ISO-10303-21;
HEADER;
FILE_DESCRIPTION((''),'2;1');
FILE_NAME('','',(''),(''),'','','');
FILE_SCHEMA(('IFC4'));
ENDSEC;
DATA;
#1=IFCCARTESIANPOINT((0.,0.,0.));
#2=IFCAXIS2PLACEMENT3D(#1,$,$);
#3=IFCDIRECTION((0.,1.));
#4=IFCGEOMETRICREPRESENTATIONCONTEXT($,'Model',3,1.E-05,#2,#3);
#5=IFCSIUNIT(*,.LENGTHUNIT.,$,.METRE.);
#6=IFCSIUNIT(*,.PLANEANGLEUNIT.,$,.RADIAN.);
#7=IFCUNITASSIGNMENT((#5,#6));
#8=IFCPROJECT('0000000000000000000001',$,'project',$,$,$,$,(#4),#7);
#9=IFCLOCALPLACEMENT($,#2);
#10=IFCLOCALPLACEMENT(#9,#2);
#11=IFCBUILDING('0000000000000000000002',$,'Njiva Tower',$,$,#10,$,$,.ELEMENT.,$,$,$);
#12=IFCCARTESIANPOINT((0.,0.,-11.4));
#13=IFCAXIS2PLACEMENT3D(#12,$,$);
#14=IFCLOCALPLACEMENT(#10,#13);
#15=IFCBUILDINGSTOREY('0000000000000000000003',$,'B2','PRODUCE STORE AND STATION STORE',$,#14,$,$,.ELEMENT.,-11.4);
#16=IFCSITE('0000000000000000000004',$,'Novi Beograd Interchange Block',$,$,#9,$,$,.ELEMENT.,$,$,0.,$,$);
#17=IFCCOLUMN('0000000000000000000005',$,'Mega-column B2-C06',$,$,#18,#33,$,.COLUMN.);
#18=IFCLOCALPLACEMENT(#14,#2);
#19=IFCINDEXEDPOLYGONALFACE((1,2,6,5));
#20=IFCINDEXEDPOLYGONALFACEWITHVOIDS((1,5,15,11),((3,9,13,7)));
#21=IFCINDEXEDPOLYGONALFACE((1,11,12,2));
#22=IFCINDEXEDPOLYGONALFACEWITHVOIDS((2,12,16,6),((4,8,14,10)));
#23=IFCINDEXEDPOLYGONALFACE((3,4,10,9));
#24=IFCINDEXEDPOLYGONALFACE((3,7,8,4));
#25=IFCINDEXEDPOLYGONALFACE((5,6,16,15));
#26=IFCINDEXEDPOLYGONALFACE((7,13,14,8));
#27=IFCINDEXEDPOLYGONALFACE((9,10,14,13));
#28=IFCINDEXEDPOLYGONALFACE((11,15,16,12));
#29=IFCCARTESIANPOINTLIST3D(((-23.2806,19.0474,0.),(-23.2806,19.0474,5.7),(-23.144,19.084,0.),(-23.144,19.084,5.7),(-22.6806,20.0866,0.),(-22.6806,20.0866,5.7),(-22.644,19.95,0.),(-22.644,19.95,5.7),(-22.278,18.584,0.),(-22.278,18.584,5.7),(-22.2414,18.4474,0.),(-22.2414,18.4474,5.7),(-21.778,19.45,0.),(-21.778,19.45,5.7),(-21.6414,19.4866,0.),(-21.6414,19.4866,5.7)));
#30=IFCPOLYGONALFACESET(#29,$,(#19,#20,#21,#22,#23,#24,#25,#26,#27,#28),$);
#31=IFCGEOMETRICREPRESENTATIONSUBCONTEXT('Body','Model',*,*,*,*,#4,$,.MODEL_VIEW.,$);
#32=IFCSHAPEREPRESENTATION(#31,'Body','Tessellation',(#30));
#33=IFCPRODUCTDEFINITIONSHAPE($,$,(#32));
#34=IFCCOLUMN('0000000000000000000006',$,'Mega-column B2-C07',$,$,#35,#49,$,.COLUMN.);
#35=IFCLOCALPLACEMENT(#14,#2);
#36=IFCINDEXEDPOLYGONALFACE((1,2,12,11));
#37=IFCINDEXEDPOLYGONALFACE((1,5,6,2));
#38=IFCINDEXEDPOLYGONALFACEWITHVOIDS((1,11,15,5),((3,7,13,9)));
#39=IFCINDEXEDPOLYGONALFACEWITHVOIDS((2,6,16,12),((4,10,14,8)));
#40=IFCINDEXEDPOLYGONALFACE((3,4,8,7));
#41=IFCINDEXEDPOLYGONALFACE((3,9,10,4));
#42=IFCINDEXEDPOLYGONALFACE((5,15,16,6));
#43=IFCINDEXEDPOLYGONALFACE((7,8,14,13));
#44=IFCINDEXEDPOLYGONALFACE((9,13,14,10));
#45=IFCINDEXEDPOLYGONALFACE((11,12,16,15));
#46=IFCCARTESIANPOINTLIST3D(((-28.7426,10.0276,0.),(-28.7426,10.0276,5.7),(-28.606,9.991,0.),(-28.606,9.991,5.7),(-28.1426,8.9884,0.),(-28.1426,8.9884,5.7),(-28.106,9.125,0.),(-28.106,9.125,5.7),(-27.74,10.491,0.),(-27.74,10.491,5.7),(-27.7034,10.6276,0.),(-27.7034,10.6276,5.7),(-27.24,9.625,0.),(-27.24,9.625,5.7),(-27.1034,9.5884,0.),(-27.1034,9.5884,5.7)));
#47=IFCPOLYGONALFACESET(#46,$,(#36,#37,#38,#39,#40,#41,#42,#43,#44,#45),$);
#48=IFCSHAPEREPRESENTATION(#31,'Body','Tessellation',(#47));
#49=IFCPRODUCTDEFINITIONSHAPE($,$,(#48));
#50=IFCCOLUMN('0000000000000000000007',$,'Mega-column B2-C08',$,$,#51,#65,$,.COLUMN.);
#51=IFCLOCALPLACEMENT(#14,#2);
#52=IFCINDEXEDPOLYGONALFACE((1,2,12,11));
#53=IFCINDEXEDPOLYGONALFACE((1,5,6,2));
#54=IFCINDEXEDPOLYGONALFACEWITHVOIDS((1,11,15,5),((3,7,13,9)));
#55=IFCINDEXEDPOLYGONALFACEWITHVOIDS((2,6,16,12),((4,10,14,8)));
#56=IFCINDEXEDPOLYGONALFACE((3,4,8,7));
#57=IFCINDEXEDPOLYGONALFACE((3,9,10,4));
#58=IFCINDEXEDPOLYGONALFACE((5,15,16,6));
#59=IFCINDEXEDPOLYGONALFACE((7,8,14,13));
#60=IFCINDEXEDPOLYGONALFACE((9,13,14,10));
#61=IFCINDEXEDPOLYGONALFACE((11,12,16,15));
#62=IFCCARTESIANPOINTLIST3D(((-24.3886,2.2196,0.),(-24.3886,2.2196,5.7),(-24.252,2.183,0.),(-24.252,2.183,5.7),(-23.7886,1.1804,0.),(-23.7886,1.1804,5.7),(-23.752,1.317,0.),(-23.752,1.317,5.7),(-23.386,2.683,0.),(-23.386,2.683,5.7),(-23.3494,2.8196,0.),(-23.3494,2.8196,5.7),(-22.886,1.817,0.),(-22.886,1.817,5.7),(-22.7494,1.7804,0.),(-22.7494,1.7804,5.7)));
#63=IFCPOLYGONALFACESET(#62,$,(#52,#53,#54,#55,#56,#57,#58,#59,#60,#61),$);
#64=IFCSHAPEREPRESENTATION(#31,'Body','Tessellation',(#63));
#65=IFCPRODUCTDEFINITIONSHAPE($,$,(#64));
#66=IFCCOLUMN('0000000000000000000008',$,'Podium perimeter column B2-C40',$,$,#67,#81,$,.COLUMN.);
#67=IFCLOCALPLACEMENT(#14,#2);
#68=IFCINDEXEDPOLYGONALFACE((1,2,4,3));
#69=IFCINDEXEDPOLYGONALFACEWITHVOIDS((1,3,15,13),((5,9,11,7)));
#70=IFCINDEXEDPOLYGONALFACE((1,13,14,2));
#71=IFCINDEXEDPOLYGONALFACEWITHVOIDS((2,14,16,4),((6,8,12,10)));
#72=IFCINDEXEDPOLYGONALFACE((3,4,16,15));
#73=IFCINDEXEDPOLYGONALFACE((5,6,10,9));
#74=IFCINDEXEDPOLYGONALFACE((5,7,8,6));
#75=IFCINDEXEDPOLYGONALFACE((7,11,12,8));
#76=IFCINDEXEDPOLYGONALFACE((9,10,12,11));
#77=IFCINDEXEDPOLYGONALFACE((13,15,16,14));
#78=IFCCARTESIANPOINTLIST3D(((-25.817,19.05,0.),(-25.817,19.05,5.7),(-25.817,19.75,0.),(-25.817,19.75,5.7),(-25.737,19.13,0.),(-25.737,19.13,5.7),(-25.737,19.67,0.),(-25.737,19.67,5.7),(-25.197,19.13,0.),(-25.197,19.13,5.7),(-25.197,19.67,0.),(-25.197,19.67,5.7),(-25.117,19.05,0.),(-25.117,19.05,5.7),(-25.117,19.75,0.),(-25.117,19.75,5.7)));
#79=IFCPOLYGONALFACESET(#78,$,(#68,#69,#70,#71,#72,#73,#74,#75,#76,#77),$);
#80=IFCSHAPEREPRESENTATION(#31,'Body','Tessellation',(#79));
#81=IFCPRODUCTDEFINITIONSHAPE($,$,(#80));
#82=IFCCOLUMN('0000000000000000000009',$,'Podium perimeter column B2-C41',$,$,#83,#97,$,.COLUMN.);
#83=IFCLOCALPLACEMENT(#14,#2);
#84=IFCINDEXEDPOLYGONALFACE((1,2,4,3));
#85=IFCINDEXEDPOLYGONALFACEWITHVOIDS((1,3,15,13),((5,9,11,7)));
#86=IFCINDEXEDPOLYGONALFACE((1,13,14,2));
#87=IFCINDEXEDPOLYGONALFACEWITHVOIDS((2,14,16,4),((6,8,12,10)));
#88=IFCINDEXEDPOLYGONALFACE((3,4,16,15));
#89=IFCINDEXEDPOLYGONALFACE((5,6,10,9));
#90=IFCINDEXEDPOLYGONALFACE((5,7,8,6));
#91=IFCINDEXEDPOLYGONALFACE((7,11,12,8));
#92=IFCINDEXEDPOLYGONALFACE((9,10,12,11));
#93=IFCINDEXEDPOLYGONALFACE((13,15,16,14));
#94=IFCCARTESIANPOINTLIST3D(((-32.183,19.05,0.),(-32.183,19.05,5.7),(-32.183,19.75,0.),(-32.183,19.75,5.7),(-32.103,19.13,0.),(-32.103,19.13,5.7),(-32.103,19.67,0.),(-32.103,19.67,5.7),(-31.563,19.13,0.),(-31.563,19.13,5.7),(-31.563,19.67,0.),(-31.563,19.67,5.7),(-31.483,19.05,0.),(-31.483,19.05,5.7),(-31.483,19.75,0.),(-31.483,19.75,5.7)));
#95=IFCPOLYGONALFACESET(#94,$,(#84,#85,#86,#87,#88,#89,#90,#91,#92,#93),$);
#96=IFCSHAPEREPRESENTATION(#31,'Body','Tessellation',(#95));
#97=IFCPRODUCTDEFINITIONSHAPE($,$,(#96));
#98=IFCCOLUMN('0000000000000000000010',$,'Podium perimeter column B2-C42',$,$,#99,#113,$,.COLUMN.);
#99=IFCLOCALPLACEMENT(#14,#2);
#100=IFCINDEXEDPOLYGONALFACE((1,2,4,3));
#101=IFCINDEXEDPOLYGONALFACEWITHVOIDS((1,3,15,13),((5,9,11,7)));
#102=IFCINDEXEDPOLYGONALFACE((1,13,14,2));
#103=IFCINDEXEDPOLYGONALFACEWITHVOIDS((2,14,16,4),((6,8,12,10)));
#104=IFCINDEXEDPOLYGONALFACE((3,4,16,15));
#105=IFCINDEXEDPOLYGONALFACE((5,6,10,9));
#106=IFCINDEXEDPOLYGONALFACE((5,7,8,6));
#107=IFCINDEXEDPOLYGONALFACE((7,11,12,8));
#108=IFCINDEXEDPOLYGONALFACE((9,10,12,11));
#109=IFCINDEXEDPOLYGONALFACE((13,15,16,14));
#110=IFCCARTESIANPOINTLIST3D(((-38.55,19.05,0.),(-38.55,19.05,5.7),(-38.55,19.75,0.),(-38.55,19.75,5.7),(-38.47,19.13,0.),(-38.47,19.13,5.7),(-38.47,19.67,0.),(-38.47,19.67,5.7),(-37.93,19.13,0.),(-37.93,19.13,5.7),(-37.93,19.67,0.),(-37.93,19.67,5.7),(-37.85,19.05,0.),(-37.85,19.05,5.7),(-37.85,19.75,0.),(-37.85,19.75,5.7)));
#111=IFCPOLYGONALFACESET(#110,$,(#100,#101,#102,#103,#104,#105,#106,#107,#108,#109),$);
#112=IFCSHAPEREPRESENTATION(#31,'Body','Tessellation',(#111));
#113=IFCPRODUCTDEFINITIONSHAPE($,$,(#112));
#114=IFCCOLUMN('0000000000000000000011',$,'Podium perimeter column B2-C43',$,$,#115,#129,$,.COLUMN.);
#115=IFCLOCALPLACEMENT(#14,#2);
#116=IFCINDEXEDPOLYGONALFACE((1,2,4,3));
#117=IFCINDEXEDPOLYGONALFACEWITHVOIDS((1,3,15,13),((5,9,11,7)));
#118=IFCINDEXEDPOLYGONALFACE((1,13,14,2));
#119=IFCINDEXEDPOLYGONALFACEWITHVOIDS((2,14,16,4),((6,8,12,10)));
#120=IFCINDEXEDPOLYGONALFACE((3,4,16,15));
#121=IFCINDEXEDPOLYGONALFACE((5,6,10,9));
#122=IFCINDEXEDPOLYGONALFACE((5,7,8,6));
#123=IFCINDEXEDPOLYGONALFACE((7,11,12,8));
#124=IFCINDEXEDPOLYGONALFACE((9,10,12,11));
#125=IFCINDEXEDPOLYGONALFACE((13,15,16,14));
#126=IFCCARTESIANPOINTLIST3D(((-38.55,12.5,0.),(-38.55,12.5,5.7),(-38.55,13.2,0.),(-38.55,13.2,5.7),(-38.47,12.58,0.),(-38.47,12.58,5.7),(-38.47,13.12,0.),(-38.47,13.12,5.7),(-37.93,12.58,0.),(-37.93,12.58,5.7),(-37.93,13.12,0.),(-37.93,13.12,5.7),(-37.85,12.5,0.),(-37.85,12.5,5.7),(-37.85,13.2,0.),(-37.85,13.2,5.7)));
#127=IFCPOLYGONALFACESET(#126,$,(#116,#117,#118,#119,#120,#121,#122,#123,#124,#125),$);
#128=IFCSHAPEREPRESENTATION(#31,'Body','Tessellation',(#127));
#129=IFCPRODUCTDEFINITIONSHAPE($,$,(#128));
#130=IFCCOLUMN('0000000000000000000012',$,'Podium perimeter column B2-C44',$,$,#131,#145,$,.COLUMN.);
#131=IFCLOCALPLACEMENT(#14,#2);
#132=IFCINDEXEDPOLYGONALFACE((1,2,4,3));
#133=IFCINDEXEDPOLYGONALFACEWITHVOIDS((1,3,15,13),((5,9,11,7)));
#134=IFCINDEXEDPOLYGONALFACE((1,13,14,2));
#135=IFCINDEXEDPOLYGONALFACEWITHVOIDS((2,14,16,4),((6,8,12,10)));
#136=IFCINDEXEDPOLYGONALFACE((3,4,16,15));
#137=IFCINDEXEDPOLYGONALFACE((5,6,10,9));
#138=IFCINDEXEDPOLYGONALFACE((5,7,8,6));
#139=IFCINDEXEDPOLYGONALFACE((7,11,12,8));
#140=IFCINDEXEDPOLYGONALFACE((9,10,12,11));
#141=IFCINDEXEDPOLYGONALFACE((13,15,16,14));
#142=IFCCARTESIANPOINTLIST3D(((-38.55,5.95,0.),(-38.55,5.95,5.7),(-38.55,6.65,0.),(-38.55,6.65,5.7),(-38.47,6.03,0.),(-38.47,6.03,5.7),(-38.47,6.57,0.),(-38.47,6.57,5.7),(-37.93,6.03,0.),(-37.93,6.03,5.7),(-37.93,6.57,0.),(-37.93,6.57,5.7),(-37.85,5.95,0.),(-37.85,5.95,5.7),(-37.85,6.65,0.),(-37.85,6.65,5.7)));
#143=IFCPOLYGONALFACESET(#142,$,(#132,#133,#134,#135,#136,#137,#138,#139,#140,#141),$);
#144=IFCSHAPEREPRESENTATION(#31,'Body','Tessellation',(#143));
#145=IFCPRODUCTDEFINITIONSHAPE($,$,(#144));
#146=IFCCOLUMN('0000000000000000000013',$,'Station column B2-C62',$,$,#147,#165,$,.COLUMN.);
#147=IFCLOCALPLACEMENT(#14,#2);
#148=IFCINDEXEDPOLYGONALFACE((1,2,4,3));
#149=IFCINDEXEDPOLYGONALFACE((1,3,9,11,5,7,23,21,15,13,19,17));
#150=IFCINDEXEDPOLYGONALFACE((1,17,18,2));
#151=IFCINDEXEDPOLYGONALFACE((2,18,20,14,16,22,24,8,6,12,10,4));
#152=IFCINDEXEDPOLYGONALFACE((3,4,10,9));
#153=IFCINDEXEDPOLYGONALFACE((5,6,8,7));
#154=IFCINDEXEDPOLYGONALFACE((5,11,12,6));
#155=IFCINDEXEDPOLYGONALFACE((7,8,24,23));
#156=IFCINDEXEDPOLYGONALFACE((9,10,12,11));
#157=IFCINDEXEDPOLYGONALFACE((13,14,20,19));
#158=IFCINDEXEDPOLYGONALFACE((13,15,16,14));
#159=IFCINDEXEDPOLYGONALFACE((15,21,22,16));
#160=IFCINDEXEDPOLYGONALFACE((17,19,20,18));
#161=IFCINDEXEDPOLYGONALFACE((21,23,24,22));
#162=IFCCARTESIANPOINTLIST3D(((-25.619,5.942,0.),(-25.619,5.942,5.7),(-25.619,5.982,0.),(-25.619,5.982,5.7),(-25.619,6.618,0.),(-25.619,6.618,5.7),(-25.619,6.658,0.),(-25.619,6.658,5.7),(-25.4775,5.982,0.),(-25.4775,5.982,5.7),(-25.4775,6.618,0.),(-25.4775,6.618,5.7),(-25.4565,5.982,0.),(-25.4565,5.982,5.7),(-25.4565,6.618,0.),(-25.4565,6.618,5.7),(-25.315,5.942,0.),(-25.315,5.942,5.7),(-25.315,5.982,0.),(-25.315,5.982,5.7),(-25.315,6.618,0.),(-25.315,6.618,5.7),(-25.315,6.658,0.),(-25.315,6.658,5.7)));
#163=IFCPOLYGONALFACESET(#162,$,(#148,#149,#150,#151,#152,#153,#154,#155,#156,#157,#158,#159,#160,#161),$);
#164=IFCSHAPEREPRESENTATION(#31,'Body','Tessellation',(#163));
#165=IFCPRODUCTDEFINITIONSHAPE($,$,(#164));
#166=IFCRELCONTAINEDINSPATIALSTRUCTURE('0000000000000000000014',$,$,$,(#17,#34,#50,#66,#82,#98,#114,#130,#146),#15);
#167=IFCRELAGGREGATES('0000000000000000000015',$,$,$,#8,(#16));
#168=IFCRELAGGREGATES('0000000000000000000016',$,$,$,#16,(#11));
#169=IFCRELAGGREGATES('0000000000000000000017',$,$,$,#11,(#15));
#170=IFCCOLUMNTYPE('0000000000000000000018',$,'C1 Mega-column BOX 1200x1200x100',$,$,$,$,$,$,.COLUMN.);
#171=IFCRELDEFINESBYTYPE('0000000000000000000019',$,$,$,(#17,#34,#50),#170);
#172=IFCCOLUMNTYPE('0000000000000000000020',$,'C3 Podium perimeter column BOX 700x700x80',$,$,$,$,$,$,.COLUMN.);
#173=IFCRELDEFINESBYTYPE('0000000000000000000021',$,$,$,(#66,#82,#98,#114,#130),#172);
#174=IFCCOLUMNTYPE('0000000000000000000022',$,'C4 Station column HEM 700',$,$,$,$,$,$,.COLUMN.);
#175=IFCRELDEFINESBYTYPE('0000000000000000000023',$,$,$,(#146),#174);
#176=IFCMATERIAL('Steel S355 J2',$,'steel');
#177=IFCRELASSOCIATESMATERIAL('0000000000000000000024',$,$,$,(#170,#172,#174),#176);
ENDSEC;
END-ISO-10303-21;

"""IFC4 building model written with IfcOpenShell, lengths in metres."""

from ifc_helpers import new_model, si_unit, direction, frame, origin, origin_2d, place, context, subcontext, project, spatial, hollow_rectangle, i_section, extrude, material, material_profile, profile_set, type_object, element, save


model = new_model("IFC4")

# Units and contexts
model_context = context("Model", 3, precision=1e-05, world=origin(), true_north=direction((0.0, 1.0)))
body_context = subcontext(model_context, "Body", "Model", "MODEL_VIEW")
ifc_project = project(units=[si_unit("LENGTHUNIT", "METRE"), si_unit("PLANEANGLEUNIT", "RADIAN")], contexts=[model_context])

# Site, building, storey
site_placement = place(None, origin())
site = spatial("IfcSite", under=ifc_project, at=site_placement, Name="Novi Beograd Interchange Block", CompositionType="ELEMENT", RefElevation=0.0)
building_placement = place(site_placement, origin())
building = spatial("IfcBuilding", under=site, at=building_placement, Name="Njiva Tower", CompositionType="ELEMENT")
storey_placement = place(building_placement, frame((0.0, 0.0, -11.4)))
storey = spatial("IfcBuildingStorey", under=building, at=storey_placement, Name="B2", Description="PRODUCE STORE AND STATION STORE", CompositionType="ELEMENT", Elevation=-11.4)

# Columns
ifc_material_1 = material(Name="Steel S355 J2", Category="steel")
ifc_material_profile_1 = material_profile(ifc_material_1, hollow_rectangle(XDim=1.2, YDim=1.2, WallThickness=0.1, at=origin_2d()), Name="BOX 1200x1200x100")
ifc_profile_set_1 = profile_set([ifc_material_profile_1], Name="Steel S355 J2")
column_type_1 = type_object("IfcColumnType", Name="C1 Mega-column BOX 1200x1200x100", PredefinedType="COLUMN", material=ifc_profile_set_1)
for number, where, z_axis, x_axis, name in (
    (1, (-22.461, 19.267, 0.0), (0.0, 0.0, 1.0), (-0.5, -0.866025, 0.0), "Mega-column B2-C06"),
    (2, (-27.923, 9.808, 0.0), (0.0, 0.0, 1.0), (0.5, -0.866025, 0.0), "Mega-column B2-C07"),
    (3, (-23.569, 2.0, 0.0), (0.0, 0.0, 1.0), (0.5, -0.866025, 0.0), "Mega-column B2-C08"),
):
    element("IfcColumn", number, at=place(storey_placement, frame(where, z_axis=z_axis, x_axis=x_axis)), inside=storey, type_object=column_type_1, Name=name, PredefinedType="COLUMN", context=body_context, shape_type="SweptSolid", body=[
        extrude(hollow_rectangle(XDim=1.2, YDim=1.2, WallThickness=0.1, at=origin_2d()), origin(), (0.0, 0.0, 1.0), 5.7),
    ])
ifc_material_profile_2 = material_profile(ifc_material_1, hollow_rectangle(XDim=0.7, YDim=0.7, WallThickness=0.08, at=origin_2d()), Name="BOX 700x700x80")
ifc_profile_set_2 = profile_set([ifc_material_profile_2], Name="Steel S355 J2")
column_type_2 = type_object("IfcColumnType", Name="C3 Podium perimeter column BOX 700x700x80", PredefinedType="COLUMN", material=ifc_profile_set_2)
for number, where, z_axis, x_axis, name in (
    (4, (-25.467, 19.4, 0.0), (0.0, 0.0, 1.0), (-1.0, 0.0, 0.0), "Podium perimeter column B2-C40"),
    (5, (-31.833, 19.4, 0.0), (0.0, 0.0, 1.0), (-1.0, 0.0, 0.0), "Podium perimeter column B2-C41"),
    (6, (-38.2, 19.4, 0.0), (0.0, 0.0, 1.0), (0.0, -1.0, 0.0), "Podium perimeter column B2-C42"),
    (7, (-38.2, 12.85, 0.0), (0.0, 0.0, 1.0), (0.0, -1.0, 0.0), "Podium perimeter column B2-C43"),
    (8, (-38.2, 6.3, 0.0), (0.0, 0.0, 1.0), (0.0, -1.0, 0.0), "Podium perimeter column B2-C44"),
):
    element("IfcColumn", number, at=place(storey_placement, frame(where, z_axis=z_axis, x_axis=x_axis)), inside=storey, type_object=column_type_2, Name=name, PredefinedType="COLUMN", context=body_context, shape_type="SweptSolid", body=[
        extrude(hollow_rectangle(XDim=0.7, YDim=0.7, WallThickness=0.08, at=origin_2d()), origin(), (0.0, 0.0, 1.0), 5.7),
    ])
ifc_material_profile_3 = material_profile(ifc_material_1, i_section(OverallWidth=0.304, OverallDepth=0.716, WebThickness=0.021, FlangeThickness=0.04, at=origin_2d()), Name="HEM 700")
ifc_profile_set_3 = profile_set([ifc_material_profile_3], Name="Steel S355 J2")
column_type_3 = type_object("IfcColumnType", Name="C4 Station column HEM 700", PredefinedType="COLUMN", material=ifc_profile_set_3)
column_placement = place(storey_placement, frame((-25.467, 6.3, 0.0), z_axis=(0.0, 0.0, 1.0), x_axis=(1.0, 0.0, 0.0)))
element("IfcColumn", 9, at=column_placement, inside=storey, type_object=column_type_3, Name="Station column B2-C62", PredefinedType="COLUMN", context=body_context, shape_type="SweptSolid", body=[
    extrude(i_section(OverallWidth=0.304, OverallDepth=0.716, WebThickness=0.021, FlangeThickness=0.04, at=origin_2d()), origin(), (0.0, 0.0, 1.0), 5.7),
])

save(model, "model.ifc")
